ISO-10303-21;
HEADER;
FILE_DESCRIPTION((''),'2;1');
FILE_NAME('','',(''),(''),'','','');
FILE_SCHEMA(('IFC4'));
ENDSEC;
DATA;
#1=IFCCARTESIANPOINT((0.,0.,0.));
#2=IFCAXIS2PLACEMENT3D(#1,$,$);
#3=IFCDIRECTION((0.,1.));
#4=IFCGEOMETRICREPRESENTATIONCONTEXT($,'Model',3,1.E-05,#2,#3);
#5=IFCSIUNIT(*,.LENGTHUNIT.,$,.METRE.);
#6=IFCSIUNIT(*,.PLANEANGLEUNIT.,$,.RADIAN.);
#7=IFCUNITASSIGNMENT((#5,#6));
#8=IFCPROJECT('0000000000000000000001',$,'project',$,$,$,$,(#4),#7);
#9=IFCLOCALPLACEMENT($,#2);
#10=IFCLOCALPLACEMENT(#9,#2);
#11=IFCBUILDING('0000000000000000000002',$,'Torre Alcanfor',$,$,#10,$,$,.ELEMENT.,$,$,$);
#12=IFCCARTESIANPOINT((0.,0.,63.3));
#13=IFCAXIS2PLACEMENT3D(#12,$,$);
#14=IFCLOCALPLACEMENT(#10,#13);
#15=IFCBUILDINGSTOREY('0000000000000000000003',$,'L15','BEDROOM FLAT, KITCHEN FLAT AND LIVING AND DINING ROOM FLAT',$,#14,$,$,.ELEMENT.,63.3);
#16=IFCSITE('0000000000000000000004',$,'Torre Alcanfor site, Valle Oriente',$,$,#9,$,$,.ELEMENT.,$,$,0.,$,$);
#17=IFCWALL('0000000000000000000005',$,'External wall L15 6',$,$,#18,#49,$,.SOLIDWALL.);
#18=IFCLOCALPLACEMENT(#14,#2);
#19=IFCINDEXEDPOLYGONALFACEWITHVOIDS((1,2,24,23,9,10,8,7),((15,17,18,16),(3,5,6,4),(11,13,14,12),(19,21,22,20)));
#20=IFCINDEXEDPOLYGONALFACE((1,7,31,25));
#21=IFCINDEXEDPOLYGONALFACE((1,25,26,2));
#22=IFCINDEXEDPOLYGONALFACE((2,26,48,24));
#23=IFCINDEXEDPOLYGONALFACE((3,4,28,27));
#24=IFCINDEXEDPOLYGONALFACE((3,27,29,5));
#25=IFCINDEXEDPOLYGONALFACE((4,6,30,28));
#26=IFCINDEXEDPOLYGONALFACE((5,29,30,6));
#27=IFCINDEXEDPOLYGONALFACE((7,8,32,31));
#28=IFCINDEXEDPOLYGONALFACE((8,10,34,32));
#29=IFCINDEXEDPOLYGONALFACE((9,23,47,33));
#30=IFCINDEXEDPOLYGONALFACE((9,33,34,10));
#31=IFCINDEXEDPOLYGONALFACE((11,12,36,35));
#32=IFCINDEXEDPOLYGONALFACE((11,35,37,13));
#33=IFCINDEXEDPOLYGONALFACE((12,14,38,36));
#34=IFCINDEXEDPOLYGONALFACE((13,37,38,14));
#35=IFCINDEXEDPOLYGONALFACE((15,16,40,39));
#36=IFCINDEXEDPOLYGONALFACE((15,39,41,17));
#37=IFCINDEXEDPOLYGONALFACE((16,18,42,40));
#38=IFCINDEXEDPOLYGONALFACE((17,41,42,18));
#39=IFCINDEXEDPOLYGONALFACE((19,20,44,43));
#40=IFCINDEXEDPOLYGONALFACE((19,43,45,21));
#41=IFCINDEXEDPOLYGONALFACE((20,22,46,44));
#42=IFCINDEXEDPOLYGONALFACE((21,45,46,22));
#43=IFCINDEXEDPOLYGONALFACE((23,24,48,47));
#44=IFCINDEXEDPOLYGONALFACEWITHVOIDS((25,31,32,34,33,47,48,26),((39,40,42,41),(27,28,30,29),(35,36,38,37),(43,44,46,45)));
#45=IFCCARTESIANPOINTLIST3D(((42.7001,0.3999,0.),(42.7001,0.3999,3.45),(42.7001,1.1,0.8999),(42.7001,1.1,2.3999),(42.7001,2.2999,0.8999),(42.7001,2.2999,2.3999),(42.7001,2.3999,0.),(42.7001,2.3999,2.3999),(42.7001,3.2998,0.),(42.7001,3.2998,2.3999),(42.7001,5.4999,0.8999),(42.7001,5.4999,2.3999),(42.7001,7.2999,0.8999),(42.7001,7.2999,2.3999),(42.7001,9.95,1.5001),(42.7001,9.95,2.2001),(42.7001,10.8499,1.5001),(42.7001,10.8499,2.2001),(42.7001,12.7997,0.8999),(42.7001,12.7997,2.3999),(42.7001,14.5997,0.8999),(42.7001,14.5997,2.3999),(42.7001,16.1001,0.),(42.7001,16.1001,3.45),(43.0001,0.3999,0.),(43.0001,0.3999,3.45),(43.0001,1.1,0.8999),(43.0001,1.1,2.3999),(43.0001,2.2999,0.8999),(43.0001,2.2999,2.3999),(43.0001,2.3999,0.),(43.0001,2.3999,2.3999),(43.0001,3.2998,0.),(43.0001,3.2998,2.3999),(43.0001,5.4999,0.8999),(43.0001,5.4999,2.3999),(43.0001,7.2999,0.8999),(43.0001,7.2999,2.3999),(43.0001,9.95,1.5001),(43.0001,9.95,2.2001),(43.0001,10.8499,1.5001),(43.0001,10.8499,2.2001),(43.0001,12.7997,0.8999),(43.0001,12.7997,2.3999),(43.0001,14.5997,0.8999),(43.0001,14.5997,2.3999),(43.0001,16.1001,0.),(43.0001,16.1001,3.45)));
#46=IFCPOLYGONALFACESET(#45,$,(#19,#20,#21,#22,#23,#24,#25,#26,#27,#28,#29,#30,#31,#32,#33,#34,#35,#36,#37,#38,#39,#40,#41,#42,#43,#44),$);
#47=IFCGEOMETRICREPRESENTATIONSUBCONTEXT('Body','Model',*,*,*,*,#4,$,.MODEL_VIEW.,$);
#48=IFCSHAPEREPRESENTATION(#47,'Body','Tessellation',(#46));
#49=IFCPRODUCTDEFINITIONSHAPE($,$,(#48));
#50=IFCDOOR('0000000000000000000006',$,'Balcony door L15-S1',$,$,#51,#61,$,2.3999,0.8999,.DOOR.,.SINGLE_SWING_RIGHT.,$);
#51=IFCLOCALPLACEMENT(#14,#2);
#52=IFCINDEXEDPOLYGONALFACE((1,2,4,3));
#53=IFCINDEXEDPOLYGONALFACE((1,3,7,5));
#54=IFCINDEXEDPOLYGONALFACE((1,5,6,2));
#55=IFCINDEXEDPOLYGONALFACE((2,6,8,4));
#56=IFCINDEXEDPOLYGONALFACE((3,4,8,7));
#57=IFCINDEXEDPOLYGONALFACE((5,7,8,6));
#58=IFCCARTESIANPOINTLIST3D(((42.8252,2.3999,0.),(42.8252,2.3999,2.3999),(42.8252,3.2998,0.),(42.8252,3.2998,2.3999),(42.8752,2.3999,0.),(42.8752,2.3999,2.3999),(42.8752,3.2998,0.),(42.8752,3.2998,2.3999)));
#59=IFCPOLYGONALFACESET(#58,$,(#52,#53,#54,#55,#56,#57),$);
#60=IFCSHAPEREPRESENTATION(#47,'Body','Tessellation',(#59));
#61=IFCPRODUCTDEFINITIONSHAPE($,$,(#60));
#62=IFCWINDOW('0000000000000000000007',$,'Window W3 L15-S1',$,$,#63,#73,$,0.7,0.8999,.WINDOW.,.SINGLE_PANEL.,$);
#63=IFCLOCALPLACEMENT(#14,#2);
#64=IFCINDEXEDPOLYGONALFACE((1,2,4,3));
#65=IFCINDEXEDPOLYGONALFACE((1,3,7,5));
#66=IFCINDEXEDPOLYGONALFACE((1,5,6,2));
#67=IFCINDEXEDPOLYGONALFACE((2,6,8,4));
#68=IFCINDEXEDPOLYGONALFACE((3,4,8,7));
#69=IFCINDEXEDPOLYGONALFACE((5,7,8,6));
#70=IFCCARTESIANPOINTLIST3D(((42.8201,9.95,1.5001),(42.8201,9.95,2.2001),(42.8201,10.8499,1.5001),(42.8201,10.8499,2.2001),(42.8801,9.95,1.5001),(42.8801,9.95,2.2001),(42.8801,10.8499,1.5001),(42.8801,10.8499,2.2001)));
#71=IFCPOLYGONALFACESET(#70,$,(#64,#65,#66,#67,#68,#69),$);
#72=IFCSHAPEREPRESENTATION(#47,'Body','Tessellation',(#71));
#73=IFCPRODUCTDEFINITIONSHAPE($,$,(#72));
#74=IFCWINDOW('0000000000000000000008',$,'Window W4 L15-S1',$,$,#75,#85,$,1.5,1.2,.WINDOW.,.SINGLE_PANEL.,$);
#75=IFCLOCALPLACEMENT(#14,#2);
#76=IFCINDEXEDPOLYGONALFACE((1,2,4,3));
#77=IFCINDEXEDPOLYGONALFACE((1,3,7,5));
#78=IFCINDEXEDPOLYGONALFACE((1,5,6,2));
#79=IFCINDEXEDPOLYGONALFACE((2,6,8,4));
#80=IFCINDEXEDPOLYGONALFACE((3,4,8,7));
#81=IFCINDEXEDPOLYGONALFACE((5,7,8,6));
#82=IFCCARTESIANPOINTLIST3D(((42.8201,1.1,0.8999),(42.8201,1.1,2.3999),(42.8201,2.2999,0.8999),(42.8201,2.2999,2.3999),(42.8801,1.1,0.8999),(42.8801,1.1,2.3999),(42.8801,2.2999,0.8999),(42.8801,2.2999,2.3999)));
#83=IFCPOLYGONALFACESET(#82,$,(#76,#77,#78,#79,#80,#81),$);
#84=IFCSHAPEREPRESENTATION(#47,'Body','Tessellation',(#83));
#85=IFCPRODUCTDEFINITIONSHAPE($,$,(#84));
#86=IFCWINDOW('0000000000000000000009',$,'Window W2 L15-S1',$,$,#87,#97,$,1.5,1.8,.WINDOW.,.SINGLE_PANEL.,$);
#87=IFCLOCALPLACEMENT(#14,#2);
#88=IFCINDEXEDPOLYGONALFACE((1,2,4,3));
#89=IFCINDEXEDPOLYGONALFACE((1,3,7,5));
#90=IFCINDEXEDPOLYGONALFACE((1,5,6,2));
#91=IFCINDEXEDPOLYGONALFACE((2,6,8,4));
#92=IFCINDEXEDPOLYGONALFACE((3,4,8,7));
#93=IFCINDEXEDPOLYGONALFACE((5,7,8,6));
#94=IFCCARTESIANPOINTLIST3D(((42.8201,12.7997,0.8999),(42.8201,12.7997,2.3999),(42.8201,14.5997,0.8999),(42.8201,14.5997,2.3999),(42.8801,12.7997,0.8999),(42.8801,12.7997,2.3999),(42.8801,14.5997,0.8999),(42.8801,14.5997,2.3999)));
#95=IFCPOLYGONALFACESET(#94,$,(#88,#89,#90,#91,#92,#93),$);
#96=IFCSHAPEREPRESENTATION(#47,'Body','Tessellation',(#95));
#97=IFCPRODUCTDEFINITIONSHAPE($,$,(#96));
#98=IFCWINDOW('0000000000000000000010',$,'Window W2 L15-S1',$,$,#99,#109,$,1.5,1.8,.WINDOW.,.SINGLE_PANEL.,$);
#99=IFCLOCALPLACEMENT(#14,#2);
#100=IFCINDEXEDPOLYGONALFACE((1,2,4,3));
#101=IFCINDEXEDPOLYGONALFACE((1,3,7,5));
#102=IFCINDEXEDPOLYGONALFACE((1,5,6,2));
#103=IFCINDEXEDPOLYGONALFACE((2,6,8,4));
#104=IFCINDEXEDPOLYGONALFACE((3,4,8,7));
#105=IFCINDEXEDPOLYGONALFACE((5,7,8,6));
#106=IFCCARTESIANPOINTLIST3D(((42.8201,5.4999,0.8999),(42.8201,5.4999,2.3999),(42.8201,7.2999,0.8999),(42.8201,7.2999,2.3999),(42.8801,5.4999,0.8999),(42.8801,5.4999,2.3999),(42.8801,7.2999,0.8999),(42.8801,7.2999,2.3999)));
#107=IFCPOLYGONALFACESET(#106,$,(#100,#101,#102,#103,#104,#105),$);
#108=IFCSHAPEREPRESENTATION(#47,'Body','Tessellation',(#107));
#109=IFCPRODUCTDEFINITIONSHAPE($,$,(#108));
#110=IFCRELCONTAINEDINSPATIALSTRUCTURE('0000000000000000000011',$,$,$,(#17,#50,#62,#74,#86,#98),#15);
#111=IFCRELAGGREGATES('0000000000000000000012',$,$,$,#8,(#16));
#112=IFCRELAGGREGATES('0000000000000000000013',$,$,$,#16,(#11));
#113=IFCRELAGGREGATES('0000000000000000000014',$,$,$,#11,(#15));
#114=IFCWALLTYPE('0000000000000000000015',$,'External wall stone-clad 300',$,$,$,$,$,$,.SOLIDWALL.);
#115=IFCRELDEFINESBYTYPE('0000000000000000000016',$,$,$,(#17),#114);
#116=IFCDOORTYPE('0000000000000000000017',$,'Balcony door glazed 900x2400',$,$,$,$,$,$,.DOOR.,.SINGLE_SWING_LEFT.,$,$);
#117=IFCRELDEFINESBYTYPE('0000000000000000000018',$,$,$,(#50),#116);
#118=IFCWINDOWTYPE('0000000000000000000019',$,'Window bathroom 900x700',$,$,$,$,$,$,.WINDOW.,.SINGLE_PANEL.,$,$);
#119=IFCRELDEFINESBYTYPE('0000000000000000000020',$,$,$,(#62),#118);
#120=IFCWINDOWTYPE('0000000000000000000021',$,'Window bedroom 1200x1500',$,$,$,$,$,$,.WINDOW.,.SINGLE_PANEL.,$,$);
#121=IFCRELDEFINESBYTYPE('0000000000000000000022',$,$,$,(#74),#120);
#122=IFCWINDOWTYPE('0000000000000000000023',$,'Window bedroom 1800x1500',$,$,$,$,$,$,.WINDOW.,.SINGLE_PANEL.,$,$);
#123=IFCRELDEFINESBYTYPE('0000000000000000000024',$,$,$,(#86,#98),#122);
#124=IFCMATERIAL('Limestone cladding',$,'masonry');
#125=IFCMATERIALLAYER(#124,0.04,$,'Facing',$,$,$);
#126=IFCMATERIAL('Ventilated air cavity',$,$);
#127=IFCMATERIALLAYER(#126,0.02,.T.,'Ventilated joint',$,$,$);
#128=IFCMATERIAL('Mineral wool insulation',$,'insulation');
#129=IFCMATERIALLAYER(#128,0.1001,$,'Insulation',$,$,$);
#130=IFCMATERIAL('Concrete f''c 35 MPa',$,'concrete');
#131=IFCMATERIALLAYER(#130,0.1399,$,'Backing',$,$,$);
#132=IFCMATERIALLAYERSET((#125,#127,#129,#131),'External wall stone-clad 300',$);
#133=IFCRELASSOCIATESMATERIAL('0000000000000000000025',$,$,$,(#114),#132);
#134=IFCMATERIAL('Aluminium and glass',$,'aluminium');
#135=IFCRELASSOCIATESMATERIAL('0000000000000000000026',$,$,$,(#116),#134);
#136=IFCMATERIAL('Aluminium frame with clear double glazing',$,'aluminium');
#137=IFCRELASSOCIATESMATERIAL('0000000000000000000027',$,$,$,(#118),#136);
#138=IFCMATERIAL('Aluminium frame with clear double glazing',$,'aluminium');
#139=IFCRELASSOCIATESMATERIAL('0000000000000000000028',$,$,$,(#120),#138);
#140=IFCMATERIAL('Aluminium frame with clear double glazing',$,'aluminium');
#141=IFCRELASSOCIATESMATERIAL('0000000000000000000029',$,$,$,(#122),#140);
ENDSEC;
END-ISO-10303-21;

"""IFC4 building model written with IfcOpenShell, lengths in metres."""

from ifc_helpers import new_model, si_unit, direction, frame, frame_2d, origin, place, context, subcontext, project, spatial, rectangle, extrude, material, layer, layer_set, type_object, element, fill, save


model = new_model("IFC4")

# Units and contexts
model_context = context("Model", 3, precision=1e-05, world=origin(), true_north=direction((0.0, 1.0)))
body_context = subcontext(model_context, "Body", "Model", "MODEL_VIEW")
ifc_project = project(units=[si_unit("LENGTHUNIT", "METRE"), si_unit("PLANEANGLEUNIT", "RADIAN")], contexts=[model_context])

# Site, building, storey
site_placement = place(None, origin())
site = spatial("IfcSite", under=ifc_project, at=site_placement, Name="Torre Alcanfor site, Valle Oriente", CompositionType="ELEMENT", RefElevation=0.0)
building_placement = place(site_placement, origin())
building = spatial("IfcBuilding", under=site, at=building_placement, Name="Torre Alcanfor", CompositionType="ELEMENT")
storey_placement = place(building_placement, frame((0.0, 0.0, 63.3)))
storey = spatial("IfcBuildingStorey", under=building, at=storey_placement, Name="L15", Description="BEDROOM FLAT, KITCHEN FLAT AND LIVING AND DINING ROOM FLAT", CompositionType="ELEMENT", Elevation=63.3)

# Wall, openings, door, windows
ifc_material_1 = material(Name="Limestone cladding", Category="masonry")
ifc_layer_1 = layer(ifc_material_1, 0.04, Name="Facing")
ifc_material_2 = material(Name="Ventilated air cavity")
ifc_layer_2 = layer(ifc_material_2, 0.02, ventilated=True, Name="Ventilated joint")
ifc_material_3 = material(Name="Mineral wool insulation", Category="insulation")
ifc_layer_3 = layer(ifc_material_3, 0.1001, Name="Insulation")
ifc_material_4 = material(Name="Concrete f'c 35 MPa", Category="concrete")
ifc_layer_4 = layer(ifc_material_4, 0.1399, Name="Backing")
ifc_layer_set_1 = layer_set([ifc_layer_1, ifc_layer_2, ifc_layer_3, ifc_layer_4], Name="External wall stone-clad 300")
wall_type_1 = type_object("IfcWallType", Name="External wall stone-clad 300", PredefinedType="SOLIDWALL", material=ifc_layer_set_1)
wall_1_placement = place(storey_placement, frame((42.8501, 0.3999, 0.0), z_axis=(0.0, 0.0, 1.0), x_axis=(0.0, 1.0, 0.0)))
wall_1 = element("IfcWall", 1, at=wall_1_placement, inside=storey, type_object=wall_type_1, Name="External wall L15 6", PredefinedType="SOLIDWALL", context=body_context, shape_type="SweptSolid", body=[
    extrude(rectangle(XDim=15.7002, YDim=0.3, at=frame_2d((7.8501, 0.0))), origin(), (0.0, 0.0, 1.0), 3.45),
])
opening_1_placement = place(wall_1_placement, frame((12.3999, 0.0, 0.8999)))
opening_1 = element("IfcOpeningElement", 2, at=opening_1_placement, cuts=wall_1, PredefinedType="OPENING", context=body_context, shape_type="SweptSolid", body=[
    extrude(rectangle(XDim=1.8, YDim=1.5, at=frame_2d((0.8999, 0.75))), frame((0.0, 0.1599, 0.0), z_axis=(0.0, -1.0, 0.0), x_axis=(1.0, 0.0, 0.0)), (0.0, 0.0, 1.0), 0.3201),
])
opening_2_placement = place(wall_1_placement, frame((9.55, 0.0, 1.5)))
opening_2 = element("IfcOpeningElement", 3, at=opening_2_placement, cuts=wall_1, PredefinedType="OPENING", context=body_context, shape_type="SweptSolid", body=[
    extrude(rectangle(XDim=0.8999, YDim=0.7, at=frame_2d((0.45, 0.3501))), frame((0.0, 0.1599, 0.0), z_axis=(0.0, -1.0, 0.0), x_axis=(1.0, 0.0, 0.0)), (0.0, 0.0, 1.0), 0.3201),
])
opening_3_placement = place(wall_1_placement, frame((5.1001, 0.0, 0.8999)))
opening_3 = element("IfcOpeningElement", 4, at=opening_3_placement, cuts=wall_1, PredefinedType="OPENING", context=body_context, shape_type="SweptSolid", body=[
    extrude(rectangle(XDim=1.8, YDim=1.5, at=frame_2d((0.8999, 0.75))), frame((0.0, 0.1599, 0.0), z_axis=(0.0, -1.0, 0.0), x_axis=(1.0, 0.0, 0.0)), (0.0, 0.0, 1.0), 0.3201),
])
opening_4_placement = place(wall_1_placement, frame((2.0, 0.0, 0.0)))
opening_4 = element("IfcOpeningElement", 5, at=opening_4_placement, cuts=wall_1, PredefinedType="OPENING", context=body_context, shape_type="SweptSolid", body=[
    extrude(rectangle(XDim=0.8999, YDim=2.3999, at=frame_2d((0.45, 1.2))), frame((0.0, 0.1599, 0.0), z_axis=(0.0, -1.0, 0.0), x_axis=(1.0, 0.0, 0.0)), (0.0, 0.0, 1.0), 0.3201),
])
opening_5_placement = place(wall_1_placement, frame((0.7, 0.0, 0.8999)))
opening_5 = element("IfcOpeningElement", 6, at=opening_5_placement, cuts=wall_1, PredefinedType="OPENING", context=body_context, shape_type="SweptSolid", body=[
    extrude(rectangle(XDim=1.2, YDim=1.5, at=frame_2d((0.6001, 0.75))), frame((0.0, 0.1599, 0.0), z_axis=(0.0, -1.0, 0.0), x_axis=(1.0, 0.0, 0.0)), (0.0, 0.0, 1.0), 0.3201),
])
ifc_material_5 = material(Name="Aluminium and glass", Category="aluminium")
door_type = type_object("IfcDoorType", Name="Balcony door glazed 900x2400", OperationType="SINGLE_SWING_LEFT", PredefinedType="DOOR", material=ifc_material_5)
door_1_placement = place(opening_4_placement, origin())
door_1 = element("IfcDoor", 7, at=door_1_placement, inside=storey, type_object=door_type, Name="Balcony door L15-S1", OperationType="SINGLE_SWING_RIGHT", OverallHeight=2.3999, OverallWidth=0.8999, PredefinedType="DOOR", context=body_context, shape_type="SweptSolid", body=[
    extrude(rectangle(XDim=0.8999, YDim=2.3999, at=frame_2d((0.45, 1.2))), frame((0.0, 0.0249, 0.0), z_axis=(0.0, -1.0, 0.0), x_axis=(1.0, 0.0, 0.0)), (0.0, 0.0, 1.0), 0.05),
])
fill(opening_4, door_1)
ifc_material_6 = material(Name="Aluminium frame with clear double glazing", Category="aluminium")
window_type_1 = type_object("IfcWindowType", Name="Window bathroom 900x700", PartitioningType="SINGLE_PANEL", PredefinedType="WINDOW", material=ifc_material_6)
window_1_placement = place(opening_2_placement, origin())
window_1 = element("IfcWindow", 8, at=window_1_placement, inside=storey, type_object=window_type_1, Name="Window W3 L15-S1", OverallHeight=0.7, OverallWidth=0.8999, PartitioningType="SINGLE_PANEL", PredefinedType="WINDOW", context=body_context, shape_type="SweptSolid", body=[
    extrude(rectangle(XDim=0.8999, YDim=0.7, at=frame_2d((0.45, 0.3501))), frame((0.0, 0.03, 0.0), z_axis=(0.0, -1.0, 0.0), x_axis=(1.0, 0.0, 0.0)), (0.0, 0.0, 1.0), 0.0601),
])
fill(opening_2, window_1)
ifc_material_7 = material(Name="Aluminium frame with clear double glazing", Category="aluminium")
window_type_2 = type_object("IfcWindowType", Name="Window bedroom 1200x1500", PartitioningType="SINGLE_PANEL", PredefinedType="WINDOW", material=ifc_material_7)
window_2_placement = place(opening_5_placement, origin())
window_2 = element("IfcWindow", 9, at=window_2_placement, inside=storey, type_object=window_type_2, Name="Window W4 L15-S1", OverallHeight=1.5, OverallWidth=1.2, PartitioningType="SINGLE_PANEL", PredefinedType="WINDOW", context=body_context, shape_type="SweptSolid", body=[
    extrude(rectangle(XDim=1.2, YDim=1.5, at=frame_2d((0.6001, 0.75))), frame((0.0, 0.03, 0.0), z_axis=(0.0, -1.0, 0.0), x_axis=(1.0, 0.0, 0.0)), (0.0, 0.0, 1.0), 0.0601),
])
fill(opening_5, window_2)
ifc_material_8 = material(Name="Aluminium frame with clear double glazing", Category="aluminium")
window_type_3 = type_object("IfcWindowType", Name="Window bedroom 1800x1500", PartitioningType="SINGLE_PANEL", PredefinedType="WINDOW", material=ifc_material_8)
window_3_placement = place(opening_1_placement, origin())
window_3 = element("IfcWindow", 10, at=window_3_placement, inside=storey, type_object=window_type_3, Name="Window W2 L15-S1", OverallHeight=1.5, OverallWidth=1.8, PartitioningType="SINGLE_PANEL", PredefinedType="WINDOW", context=body_context, shape_type="SweptSolid", body=[
    extrude(rectangle(XDim=1.8, YDim=1.5, at=frame_2d((0.8999, 0.75))), frame((0.0, 0.03, 0.0), z_axis=(0.0, -1.0, 0.0), x_axis=(1.0, 0.0, 0.0)), (0.0, 0.0, 1.0), 0.0601),
])
fill(opening_1, window_3)
window_4_placement = place(opening_3_placement, origin())
window_4 = element("IfcWindow", 11, at=window_4_placement, inside=storey, type_object=window_type_3, Name="Window W2 L15-S1", OverallHeight=1.5, OverallWidth=1.8, PartitioningType="SINGLE_PANEL", PredefinedType="WINDOW", context=body_context, shape_type="SweptSolid", body=[
    extrude(rectangle(XDim=1.8, YDim=1.5, at=frame_2d((0.8999, 0.75))), frame((0.0, 0.03, 0.0), z_axis=(0.0, -1.0, 0.0), x_axis=(1.0, 0.0, 0.0)), (0.0, 0.0, 1.0), 0.0601),
])
fill(opening_3, window_4)

save(model, "model.ifc")
